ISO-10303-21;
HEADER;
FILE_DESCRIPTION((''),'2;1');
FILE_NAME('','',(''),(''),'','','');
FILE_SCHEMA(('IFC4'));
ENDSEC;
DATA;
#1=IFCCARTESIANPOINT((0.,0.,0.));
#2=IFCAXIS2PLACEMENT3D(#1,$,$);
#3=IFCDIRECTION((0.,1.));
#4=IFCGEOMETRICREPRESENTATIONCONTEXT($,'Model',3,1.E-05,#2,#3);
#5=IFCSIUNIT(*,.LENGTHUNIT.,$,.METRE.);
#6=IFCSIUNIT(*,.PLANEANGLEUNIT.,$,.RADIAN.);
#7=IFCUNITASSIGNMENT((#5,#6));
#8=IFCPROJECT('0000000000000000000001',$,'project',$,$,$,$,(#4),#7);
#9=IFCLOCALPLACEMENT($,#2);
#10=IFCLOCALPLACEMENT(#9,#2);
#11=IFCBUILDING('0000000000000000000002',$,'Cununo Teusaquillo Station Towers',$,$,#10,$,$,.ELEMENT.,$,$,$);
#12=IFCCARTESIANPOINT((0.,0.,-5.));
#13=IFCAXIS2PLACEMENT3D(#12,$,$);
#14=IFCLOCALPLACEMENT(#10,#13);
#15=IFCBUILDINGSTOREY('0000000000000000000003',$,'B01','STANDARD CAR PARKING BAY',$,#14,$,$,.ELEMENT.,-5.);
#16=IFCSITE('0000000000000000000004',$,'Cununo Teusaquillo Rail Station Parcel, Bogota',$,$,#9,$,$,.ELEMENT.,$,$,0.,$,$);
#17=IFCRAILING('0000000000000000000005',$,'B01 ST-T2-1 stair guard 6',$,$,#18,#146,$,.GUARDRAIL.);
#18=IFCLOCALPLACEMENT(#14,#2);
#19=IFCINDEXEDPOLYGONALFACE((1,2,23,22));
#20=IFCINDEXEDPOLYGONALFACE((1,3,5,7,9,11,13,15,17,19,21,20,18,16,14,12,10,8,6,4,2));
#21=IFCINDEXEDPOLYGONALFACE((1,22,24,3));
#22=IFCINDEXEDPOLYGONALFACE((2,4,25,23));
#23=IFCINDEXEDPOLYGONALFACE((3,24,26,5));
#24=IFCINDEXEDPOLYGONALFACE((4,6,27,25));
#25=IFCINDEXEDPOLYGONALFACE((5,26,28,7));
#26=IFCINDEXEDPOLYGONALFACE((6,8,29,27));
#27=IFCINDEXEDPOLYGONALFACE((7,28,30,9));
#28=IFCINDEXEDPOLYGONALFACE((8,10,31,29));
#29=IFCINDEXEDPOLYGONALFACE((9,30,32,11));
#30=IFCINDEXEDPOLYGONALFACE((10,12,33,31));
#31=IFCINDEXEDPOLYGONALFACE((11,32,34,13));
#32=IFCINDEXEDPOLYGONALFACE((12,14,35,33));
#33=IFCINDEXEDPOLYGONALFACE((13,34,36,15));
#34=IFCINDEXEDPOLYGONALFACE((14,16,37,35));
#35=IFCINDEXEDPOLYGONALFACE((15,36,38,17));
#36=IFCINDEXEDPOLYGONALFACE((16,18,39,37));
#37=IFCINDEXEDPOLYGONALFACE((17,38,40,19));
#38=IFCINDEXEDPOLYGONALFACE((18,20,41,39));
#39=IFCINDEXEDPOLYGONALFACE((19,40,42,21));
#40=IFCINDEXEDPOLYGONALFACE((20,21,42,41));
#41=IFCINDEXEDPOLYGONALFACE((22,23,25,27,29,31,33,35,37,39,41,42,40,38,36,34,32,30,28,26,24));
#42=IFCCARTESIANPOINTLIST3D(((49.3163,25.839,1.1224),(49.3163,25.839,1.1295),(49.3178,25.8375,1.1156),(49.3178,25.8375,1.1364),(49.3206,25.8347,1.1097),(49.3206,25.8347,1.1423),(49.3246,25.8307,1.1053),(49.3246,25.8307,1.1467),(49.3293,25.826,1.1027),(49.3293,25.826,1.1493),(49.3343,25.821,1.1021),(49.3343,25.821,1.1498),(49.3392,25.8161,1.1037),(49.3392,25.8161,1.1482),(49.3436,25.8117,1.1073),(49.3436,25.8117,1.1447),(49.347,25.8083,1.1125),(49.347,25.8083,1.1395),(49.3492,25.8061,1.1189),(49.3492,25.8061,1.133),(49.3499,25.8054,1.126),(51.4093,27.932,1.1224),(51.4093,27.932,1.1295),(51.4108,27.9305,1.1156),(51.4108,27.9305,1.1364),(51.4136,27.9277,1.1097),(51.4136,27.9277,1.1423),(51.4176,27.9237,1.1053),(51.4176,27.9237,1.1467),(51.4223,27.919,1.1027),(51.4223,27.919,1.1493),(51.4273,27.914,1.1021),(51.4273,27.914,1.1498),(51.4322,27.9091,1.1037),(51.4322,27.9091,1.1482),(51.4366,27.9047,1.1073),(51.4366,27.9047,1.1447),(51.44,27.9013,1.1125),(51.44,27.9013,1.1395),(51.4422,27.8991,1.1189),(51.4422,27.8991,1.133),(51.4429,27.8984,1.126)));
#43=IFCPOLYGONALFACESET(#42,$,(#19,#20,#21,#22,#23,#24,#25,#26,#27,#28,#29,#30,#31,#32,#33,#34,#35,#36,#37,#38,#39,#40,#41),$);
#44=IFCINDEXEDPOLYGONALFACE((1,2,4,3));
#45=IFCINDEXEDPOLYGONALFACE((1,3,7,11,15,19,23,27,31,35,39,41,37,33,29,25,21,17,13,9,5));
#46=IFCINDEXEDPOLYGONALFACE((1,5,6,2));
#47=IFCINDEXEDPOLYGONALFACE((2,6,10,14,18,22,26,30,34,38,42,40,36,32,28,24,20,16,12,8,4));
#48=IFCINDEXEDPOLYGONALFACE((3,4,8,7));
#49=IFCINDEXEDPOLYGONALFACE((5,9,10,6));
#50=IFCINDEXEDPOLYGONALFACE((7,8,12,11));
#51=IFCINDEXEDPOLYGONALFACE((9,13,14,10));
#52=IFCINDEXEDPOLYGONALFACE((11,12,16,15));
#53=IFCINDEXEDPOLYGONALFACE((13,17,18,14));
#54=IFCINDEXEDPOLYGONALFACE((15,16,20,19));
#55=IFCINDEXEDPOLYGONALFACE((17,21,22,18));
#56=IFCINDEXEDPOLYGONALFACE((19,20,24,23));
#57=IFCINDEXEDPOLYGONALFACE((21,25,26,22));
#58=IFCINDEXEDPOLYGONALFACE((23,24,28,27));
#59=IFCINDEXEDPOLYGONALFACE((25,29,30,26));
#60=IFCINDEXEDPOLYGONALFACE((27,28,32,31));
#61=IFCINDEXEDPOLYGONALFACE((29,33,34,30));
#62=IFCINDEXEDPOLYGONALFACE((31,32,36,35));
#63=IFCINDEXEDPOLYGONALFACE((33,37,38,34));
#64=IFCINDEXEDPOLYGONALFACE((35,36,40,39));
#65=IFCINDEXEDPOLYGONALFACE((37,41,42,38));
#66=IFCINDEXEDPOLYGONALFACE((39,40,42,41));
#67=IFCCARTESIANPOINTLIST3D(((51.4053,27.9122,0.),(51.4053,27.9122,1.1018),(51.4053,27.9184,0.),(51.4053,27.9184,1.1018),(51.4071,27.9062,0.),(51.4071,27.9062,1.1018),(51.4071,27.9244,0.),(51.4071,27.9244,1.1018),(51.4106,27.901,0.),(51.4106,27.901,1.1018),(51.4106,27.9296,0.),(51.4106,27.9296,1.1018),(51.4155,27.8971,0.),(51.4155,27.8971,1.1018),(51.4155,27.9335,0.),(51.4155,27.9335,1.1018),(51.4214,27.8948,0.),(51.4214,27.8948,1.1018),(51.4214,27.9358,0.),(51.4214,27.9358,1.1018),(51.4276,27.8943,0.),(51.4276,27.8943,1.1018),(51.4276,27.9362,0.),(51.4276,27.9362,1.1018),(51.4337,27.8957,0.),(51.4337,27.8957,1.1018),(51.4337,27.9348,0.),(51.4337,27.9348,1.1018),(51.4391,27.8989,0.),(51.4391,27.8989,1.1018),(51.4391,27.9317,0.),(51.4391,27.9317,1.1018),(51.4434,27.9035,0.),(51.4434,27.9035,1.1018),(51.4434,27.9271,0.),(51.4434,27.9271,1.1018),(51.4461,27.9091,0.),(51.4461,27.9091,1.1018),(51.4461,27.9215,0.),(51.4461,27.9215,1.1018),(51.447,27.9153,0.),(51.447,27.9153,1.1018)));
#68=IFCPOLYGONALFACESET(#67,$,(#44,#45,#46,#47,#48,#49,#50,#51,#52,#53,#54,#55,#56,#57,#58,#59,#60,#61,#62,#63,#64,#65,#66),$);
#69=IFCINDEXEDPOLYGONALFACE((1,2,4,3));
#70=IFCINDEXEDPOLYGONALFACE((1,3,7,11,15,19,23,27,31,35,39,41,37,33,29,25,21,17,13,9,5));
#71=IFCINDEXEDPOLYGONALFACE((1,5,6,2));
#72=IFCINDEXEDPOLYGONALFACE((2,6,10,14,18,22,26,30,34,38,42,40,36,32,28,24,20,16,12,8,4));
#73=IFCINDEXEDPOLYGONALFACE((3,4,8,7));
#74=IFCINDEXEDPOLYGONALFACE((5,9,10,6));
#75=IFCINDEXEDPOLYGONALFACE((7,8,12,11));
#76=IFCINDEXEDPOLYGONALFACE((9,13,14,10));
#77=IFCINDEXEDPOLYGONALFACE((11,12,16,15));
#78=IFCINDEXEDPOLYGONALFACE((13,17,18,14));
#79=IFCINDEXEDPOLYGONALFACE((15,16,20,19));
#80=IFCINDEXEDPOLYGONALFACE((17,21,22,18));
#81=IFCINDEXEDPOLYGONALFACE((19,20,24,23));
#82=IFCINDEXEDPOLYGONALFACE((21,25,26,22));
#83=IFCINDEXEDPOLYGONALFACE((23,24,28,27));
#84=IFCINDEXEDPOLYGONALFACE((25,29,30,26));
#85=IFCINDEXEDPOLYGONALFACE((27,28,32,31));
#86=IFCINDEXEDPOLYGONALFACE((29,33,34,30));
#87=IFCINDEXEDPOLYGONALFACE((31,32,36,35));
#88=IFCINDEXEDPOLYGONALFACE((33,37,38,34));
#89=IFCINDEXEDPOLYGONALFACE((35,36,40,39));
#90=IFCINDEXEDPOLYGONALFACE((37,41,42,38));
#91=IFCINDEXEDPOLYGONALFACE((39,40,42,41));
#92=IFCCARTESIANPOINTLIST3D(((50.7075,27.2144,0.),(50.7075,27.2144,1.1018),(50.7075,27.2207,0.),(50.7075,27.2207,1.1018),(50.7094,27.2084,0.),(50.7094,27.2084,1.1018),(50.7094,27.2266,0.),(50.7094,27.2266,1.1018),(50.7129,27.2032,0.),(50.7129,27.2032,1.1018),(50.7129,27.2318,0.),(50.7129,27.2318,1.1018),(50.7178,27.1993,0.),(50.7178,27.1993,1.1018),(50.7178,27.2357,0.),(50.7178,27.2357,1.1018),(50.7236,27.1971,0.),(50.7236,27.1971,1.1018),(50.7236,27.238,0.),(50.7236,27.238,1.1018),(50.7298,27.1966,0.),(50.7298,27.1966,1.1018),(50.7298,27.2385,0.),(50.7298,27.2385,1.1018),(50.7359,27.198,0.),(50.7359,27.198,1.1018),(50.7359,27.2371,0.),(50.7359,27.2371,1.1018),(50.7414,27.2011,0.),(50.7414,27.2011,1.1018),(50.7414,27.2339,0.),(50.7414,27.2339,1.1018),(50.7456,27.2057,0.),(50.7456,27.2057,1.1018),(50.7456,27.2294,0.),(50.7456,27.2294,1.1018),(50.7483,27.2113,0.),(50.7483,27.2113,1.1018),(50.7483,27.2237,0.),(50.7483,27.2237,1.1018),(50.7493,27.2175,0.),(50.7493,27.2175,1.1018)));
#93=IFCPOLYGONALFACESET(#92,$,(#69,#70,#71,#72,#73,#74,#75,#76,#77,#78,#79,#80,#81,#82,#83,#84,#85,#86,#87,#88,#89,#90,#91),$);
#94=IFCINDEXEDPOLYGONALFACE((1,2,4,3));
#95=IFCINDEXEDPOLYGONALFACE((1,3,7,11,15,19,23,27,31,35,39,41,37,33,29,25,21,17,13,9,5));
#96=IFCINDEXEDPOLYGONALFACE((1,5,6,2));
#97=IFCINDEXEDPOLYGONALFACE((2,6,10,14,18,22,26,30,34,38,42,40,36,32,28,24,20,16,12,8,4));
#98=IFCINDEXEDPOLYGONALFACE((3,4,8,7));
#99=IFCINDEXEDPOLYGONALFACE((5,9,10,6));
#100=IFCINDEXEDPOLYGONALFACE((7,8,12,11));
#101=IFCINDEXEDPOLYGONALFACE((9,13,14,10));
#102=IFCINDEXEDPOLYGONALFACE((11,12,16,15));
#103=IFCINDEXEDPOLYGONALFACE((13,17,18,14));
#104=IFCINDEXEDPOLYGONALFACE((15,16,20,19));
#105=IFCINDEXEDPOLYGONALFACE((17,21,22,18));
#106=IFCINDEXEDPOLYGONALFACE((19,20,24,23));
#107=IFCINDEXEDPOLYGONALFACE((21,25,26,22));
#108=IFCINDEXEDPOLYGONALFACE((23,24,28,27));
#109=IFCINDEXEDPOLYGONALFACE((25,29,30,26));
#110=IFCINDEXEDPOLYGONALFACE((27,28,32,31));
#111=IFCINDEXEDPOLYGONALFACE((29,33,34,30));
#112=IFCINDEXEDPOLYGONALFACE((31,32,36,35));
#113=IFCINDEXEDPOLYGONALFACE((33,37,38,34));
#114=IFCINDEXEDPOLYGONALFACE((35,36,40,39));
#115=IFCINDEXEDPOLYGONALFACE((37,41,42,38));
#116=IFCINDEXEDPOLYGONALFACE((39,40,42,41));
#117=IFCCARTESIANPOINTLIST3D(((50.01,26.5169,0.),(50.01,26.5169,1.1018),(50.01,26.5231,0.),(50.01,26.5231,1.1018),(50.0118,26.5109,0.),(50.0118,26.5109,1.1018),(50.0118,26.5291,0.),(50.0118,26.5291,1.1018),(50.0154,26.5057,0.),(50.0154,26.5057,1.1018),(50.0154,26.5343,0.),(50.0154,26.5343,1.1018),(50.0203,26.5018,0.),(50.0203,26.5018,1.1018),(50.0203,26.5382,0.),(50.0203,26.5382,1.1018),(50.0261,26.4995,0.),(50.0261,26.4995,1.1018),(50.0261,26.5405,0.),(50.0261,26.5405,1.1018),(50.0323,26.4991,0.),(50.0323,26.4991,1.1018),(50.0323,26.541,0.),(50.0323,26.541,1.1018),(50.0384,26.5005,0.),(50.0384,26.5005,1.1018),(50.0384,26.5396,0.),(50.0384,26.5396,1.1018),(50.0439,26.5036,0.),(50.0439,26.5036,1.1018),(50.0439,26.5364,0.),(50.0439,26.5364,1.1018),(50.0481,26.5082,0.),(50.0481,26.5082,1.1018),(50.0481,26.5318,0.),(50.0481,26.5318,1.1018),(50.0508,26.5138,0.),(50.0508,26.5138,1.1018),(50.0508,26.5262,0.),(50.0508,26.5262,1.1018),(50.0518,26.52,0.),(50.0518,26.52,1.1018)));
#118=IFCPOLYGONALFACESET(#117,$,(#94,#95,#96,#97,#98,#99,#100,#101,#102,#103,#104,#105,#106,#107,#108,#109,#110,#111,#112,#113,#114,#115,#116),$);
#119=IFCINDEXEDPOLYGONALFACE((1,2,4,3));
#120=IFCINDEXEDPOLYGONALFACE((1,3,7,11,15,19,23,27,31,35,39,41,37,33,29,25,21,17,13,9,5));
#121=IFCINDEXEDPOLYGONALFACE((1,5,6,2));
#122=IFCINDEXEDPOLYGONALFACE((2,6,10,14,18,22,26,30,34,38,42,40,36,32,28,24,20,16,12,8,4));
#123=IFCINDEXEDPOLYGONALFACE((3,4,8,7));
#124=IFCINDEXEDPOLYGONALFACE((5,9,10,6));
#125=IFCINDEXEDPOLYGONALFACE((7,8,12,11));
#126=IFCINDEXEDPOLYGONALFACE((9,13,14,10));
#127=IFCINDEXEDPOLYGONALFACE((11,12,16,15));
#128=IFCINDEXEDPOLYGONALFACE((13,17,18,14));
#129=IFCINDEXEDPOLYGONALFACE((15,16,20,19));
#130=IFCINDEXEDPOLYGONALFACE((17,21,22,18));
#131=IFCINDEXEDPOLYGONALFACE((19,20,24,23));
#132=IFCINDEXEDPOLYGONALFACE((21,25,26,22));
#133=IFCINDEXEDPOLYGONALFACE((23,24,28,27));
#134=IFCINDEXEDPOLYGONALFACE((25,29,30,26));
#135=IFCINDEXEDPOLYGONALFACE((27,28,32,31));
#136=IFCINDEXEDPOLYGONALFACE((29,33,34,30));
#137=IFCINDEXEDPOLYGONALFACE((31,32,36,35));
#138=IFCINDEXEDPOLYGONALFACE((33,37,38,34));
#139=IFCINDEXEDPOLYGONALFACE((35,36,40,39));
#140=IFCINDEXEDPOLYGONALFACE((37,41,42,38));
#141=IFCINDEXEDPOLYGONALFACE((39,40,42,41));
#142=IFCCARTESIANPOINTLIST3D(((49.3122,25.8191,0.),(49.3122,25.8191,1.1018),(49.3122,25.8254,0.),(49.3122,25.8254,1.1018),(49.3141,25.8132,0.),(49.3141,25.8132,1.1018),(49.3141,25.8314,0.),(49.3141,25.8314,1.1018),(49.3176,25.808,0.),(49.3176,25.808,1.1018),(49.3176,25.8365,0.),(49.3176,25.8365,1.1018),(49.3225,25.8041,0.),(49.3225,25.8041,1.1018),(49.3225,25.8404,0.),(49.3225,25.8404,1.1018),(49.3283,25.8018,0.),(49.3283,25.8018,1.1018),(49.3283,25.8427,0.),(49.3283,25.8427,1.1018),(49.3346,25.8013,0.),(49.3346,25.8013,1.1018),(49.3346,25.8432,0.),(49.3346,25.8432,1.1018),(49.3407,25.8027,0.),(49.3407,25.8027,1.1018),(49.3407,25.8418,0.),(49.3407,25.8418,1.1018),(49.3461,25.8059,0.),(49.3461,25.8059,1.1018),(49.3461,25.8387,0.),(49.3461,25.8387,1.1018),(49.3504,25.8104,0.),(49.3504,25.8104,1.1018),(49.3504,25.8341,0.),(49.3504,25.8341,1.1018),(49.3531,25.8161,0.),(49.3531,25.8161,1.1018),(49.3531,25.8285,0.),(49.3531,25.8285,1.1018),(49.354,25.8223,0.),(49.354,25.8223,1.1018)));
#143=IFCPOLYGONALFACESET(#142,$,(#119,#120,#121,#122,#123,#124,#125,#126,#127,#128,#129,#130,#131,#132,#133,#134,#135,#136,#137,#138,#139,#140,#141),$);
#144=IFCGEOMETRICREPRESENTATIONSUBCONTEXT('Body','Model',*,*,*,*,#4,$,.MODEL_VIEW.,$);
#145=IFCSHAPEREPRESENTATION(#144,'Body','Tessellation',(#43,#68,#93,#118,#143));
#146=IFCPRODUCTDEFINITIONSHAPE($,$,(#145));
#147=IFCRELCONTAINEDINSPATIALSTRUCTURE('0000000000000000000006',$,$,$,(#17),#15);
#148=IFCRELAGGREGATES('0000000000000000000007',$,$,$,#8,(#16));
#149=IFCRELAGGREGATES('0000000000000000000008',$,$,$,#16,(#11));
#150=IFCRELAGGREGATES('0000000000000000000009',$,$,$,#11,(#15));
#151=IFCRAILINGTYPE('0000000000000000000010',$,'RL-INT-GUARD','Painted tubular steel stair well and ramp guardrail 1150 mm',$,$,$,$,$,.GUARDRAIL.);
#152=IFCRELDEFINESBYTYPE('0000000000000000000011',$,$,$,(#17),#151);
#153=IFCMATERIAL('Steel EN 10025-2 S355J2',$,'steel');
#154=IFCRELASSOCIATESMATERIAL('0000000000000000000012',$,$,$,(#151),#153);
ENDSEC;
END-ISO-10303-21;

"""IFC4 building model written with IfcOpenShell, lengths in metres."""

from ifc_helpers import new_model, si_unit, direction, frame, origin, origin_2d, place, context, subcontext, project, spatial, circle, extrude, material, type_object, element, save


model = new_model("IFC4")

# Units and contexts
model_context = context("Model", 3, precision=1e-05, world=origin(), true_north=direction((0.0, 1.0)))
body_context = subcontext(model_context, "Body", "Model", "MODEL_VIEW")
ifc_project = project(units=[si_unit("LENGTHUNIT", "METRE"), si_unit("PLANEANGLEUNIT", "RADIAN")], contexts=[model_context])

# Site, building, storey
site_placement = place(None, origin())
site = spatial("IfcSite", under=ifc_project, at=site_placement, Name="Cununo Teusaquillo Rail Station Parcel, Bogota", CompositionType="ELEMENT", RefElevation=0.0)
building_placement = place(site_placement, origin())
building = spatial("IfcBuilding", under=site, at=building_placement, Name="Cununo Teusaquillo Station Towers", CompositionType="ELEMENT")
storey_placement = place(building_placement, frame((0.0, 0.0, -5.0)))
storey = spatial("IfcBuildingStorey", under=building, at=storey_placement, Name="B01", Description="STANDARD CAR PARKING BAY", CompositionType="ELEMENT", Elevation=-5.0)

# Railing
ifc_material_1 = material(Name="Steel EN 10025-2 S355J2", Category="steel")
railing_type_1 = type_object("IfcRailingType", Name="RL-INT-GUARD", Description="Painted tubular steel stair well and ramp guardrail 1150 mm", PredefinedType="GUARDRAIL", material=ifc_material_1)
railing_1_placement = place(storey_placement, frame((51.426, 27.9153, 0.0)))
element("IfcRailing", 1, at=railing_1_placement, inside=storey, type_object=railing_type_1, Name="B01 ST-T2-1 stair guard 6", PredefinedType="GUARDRAIL", context=body_context, shape_type="SweptSolid", body=[
    extrude(circle(Radius=0.0239, at=origin_2d()), frame((0.0, 0.0, 1.126), z_axis=(-0.707107, -0.707107, 0.0), x_axis=(0.707107, -0.707107, 0.0)), (0.0, 0.0, 1.0), 2.96),
    extrude(circle(Radius=0.021, at=origin_2d()), origin(), (0.0, 0.0, 1.0), 1.1018),
    extrude(circle(Radius=0.021, at=origin_2d()), frame((-0.6978, -0.6978, 0.0)), (0.0, 0.0, 1.0), 1.1018),
    extrude(circle(Radius=0.021, at=origin_2d()), frame((-1.3953, -1.3953, 0.0)), (0.0, 0.0, 1.0), 1.1018),
    extrude(circle(Radius=0.021, at=origin_2d()), frame((-2.093, -2.093, 0.0)), (0.0, 0.0, 1.0), 1.1018),
])

save(model, "model.ifc")
